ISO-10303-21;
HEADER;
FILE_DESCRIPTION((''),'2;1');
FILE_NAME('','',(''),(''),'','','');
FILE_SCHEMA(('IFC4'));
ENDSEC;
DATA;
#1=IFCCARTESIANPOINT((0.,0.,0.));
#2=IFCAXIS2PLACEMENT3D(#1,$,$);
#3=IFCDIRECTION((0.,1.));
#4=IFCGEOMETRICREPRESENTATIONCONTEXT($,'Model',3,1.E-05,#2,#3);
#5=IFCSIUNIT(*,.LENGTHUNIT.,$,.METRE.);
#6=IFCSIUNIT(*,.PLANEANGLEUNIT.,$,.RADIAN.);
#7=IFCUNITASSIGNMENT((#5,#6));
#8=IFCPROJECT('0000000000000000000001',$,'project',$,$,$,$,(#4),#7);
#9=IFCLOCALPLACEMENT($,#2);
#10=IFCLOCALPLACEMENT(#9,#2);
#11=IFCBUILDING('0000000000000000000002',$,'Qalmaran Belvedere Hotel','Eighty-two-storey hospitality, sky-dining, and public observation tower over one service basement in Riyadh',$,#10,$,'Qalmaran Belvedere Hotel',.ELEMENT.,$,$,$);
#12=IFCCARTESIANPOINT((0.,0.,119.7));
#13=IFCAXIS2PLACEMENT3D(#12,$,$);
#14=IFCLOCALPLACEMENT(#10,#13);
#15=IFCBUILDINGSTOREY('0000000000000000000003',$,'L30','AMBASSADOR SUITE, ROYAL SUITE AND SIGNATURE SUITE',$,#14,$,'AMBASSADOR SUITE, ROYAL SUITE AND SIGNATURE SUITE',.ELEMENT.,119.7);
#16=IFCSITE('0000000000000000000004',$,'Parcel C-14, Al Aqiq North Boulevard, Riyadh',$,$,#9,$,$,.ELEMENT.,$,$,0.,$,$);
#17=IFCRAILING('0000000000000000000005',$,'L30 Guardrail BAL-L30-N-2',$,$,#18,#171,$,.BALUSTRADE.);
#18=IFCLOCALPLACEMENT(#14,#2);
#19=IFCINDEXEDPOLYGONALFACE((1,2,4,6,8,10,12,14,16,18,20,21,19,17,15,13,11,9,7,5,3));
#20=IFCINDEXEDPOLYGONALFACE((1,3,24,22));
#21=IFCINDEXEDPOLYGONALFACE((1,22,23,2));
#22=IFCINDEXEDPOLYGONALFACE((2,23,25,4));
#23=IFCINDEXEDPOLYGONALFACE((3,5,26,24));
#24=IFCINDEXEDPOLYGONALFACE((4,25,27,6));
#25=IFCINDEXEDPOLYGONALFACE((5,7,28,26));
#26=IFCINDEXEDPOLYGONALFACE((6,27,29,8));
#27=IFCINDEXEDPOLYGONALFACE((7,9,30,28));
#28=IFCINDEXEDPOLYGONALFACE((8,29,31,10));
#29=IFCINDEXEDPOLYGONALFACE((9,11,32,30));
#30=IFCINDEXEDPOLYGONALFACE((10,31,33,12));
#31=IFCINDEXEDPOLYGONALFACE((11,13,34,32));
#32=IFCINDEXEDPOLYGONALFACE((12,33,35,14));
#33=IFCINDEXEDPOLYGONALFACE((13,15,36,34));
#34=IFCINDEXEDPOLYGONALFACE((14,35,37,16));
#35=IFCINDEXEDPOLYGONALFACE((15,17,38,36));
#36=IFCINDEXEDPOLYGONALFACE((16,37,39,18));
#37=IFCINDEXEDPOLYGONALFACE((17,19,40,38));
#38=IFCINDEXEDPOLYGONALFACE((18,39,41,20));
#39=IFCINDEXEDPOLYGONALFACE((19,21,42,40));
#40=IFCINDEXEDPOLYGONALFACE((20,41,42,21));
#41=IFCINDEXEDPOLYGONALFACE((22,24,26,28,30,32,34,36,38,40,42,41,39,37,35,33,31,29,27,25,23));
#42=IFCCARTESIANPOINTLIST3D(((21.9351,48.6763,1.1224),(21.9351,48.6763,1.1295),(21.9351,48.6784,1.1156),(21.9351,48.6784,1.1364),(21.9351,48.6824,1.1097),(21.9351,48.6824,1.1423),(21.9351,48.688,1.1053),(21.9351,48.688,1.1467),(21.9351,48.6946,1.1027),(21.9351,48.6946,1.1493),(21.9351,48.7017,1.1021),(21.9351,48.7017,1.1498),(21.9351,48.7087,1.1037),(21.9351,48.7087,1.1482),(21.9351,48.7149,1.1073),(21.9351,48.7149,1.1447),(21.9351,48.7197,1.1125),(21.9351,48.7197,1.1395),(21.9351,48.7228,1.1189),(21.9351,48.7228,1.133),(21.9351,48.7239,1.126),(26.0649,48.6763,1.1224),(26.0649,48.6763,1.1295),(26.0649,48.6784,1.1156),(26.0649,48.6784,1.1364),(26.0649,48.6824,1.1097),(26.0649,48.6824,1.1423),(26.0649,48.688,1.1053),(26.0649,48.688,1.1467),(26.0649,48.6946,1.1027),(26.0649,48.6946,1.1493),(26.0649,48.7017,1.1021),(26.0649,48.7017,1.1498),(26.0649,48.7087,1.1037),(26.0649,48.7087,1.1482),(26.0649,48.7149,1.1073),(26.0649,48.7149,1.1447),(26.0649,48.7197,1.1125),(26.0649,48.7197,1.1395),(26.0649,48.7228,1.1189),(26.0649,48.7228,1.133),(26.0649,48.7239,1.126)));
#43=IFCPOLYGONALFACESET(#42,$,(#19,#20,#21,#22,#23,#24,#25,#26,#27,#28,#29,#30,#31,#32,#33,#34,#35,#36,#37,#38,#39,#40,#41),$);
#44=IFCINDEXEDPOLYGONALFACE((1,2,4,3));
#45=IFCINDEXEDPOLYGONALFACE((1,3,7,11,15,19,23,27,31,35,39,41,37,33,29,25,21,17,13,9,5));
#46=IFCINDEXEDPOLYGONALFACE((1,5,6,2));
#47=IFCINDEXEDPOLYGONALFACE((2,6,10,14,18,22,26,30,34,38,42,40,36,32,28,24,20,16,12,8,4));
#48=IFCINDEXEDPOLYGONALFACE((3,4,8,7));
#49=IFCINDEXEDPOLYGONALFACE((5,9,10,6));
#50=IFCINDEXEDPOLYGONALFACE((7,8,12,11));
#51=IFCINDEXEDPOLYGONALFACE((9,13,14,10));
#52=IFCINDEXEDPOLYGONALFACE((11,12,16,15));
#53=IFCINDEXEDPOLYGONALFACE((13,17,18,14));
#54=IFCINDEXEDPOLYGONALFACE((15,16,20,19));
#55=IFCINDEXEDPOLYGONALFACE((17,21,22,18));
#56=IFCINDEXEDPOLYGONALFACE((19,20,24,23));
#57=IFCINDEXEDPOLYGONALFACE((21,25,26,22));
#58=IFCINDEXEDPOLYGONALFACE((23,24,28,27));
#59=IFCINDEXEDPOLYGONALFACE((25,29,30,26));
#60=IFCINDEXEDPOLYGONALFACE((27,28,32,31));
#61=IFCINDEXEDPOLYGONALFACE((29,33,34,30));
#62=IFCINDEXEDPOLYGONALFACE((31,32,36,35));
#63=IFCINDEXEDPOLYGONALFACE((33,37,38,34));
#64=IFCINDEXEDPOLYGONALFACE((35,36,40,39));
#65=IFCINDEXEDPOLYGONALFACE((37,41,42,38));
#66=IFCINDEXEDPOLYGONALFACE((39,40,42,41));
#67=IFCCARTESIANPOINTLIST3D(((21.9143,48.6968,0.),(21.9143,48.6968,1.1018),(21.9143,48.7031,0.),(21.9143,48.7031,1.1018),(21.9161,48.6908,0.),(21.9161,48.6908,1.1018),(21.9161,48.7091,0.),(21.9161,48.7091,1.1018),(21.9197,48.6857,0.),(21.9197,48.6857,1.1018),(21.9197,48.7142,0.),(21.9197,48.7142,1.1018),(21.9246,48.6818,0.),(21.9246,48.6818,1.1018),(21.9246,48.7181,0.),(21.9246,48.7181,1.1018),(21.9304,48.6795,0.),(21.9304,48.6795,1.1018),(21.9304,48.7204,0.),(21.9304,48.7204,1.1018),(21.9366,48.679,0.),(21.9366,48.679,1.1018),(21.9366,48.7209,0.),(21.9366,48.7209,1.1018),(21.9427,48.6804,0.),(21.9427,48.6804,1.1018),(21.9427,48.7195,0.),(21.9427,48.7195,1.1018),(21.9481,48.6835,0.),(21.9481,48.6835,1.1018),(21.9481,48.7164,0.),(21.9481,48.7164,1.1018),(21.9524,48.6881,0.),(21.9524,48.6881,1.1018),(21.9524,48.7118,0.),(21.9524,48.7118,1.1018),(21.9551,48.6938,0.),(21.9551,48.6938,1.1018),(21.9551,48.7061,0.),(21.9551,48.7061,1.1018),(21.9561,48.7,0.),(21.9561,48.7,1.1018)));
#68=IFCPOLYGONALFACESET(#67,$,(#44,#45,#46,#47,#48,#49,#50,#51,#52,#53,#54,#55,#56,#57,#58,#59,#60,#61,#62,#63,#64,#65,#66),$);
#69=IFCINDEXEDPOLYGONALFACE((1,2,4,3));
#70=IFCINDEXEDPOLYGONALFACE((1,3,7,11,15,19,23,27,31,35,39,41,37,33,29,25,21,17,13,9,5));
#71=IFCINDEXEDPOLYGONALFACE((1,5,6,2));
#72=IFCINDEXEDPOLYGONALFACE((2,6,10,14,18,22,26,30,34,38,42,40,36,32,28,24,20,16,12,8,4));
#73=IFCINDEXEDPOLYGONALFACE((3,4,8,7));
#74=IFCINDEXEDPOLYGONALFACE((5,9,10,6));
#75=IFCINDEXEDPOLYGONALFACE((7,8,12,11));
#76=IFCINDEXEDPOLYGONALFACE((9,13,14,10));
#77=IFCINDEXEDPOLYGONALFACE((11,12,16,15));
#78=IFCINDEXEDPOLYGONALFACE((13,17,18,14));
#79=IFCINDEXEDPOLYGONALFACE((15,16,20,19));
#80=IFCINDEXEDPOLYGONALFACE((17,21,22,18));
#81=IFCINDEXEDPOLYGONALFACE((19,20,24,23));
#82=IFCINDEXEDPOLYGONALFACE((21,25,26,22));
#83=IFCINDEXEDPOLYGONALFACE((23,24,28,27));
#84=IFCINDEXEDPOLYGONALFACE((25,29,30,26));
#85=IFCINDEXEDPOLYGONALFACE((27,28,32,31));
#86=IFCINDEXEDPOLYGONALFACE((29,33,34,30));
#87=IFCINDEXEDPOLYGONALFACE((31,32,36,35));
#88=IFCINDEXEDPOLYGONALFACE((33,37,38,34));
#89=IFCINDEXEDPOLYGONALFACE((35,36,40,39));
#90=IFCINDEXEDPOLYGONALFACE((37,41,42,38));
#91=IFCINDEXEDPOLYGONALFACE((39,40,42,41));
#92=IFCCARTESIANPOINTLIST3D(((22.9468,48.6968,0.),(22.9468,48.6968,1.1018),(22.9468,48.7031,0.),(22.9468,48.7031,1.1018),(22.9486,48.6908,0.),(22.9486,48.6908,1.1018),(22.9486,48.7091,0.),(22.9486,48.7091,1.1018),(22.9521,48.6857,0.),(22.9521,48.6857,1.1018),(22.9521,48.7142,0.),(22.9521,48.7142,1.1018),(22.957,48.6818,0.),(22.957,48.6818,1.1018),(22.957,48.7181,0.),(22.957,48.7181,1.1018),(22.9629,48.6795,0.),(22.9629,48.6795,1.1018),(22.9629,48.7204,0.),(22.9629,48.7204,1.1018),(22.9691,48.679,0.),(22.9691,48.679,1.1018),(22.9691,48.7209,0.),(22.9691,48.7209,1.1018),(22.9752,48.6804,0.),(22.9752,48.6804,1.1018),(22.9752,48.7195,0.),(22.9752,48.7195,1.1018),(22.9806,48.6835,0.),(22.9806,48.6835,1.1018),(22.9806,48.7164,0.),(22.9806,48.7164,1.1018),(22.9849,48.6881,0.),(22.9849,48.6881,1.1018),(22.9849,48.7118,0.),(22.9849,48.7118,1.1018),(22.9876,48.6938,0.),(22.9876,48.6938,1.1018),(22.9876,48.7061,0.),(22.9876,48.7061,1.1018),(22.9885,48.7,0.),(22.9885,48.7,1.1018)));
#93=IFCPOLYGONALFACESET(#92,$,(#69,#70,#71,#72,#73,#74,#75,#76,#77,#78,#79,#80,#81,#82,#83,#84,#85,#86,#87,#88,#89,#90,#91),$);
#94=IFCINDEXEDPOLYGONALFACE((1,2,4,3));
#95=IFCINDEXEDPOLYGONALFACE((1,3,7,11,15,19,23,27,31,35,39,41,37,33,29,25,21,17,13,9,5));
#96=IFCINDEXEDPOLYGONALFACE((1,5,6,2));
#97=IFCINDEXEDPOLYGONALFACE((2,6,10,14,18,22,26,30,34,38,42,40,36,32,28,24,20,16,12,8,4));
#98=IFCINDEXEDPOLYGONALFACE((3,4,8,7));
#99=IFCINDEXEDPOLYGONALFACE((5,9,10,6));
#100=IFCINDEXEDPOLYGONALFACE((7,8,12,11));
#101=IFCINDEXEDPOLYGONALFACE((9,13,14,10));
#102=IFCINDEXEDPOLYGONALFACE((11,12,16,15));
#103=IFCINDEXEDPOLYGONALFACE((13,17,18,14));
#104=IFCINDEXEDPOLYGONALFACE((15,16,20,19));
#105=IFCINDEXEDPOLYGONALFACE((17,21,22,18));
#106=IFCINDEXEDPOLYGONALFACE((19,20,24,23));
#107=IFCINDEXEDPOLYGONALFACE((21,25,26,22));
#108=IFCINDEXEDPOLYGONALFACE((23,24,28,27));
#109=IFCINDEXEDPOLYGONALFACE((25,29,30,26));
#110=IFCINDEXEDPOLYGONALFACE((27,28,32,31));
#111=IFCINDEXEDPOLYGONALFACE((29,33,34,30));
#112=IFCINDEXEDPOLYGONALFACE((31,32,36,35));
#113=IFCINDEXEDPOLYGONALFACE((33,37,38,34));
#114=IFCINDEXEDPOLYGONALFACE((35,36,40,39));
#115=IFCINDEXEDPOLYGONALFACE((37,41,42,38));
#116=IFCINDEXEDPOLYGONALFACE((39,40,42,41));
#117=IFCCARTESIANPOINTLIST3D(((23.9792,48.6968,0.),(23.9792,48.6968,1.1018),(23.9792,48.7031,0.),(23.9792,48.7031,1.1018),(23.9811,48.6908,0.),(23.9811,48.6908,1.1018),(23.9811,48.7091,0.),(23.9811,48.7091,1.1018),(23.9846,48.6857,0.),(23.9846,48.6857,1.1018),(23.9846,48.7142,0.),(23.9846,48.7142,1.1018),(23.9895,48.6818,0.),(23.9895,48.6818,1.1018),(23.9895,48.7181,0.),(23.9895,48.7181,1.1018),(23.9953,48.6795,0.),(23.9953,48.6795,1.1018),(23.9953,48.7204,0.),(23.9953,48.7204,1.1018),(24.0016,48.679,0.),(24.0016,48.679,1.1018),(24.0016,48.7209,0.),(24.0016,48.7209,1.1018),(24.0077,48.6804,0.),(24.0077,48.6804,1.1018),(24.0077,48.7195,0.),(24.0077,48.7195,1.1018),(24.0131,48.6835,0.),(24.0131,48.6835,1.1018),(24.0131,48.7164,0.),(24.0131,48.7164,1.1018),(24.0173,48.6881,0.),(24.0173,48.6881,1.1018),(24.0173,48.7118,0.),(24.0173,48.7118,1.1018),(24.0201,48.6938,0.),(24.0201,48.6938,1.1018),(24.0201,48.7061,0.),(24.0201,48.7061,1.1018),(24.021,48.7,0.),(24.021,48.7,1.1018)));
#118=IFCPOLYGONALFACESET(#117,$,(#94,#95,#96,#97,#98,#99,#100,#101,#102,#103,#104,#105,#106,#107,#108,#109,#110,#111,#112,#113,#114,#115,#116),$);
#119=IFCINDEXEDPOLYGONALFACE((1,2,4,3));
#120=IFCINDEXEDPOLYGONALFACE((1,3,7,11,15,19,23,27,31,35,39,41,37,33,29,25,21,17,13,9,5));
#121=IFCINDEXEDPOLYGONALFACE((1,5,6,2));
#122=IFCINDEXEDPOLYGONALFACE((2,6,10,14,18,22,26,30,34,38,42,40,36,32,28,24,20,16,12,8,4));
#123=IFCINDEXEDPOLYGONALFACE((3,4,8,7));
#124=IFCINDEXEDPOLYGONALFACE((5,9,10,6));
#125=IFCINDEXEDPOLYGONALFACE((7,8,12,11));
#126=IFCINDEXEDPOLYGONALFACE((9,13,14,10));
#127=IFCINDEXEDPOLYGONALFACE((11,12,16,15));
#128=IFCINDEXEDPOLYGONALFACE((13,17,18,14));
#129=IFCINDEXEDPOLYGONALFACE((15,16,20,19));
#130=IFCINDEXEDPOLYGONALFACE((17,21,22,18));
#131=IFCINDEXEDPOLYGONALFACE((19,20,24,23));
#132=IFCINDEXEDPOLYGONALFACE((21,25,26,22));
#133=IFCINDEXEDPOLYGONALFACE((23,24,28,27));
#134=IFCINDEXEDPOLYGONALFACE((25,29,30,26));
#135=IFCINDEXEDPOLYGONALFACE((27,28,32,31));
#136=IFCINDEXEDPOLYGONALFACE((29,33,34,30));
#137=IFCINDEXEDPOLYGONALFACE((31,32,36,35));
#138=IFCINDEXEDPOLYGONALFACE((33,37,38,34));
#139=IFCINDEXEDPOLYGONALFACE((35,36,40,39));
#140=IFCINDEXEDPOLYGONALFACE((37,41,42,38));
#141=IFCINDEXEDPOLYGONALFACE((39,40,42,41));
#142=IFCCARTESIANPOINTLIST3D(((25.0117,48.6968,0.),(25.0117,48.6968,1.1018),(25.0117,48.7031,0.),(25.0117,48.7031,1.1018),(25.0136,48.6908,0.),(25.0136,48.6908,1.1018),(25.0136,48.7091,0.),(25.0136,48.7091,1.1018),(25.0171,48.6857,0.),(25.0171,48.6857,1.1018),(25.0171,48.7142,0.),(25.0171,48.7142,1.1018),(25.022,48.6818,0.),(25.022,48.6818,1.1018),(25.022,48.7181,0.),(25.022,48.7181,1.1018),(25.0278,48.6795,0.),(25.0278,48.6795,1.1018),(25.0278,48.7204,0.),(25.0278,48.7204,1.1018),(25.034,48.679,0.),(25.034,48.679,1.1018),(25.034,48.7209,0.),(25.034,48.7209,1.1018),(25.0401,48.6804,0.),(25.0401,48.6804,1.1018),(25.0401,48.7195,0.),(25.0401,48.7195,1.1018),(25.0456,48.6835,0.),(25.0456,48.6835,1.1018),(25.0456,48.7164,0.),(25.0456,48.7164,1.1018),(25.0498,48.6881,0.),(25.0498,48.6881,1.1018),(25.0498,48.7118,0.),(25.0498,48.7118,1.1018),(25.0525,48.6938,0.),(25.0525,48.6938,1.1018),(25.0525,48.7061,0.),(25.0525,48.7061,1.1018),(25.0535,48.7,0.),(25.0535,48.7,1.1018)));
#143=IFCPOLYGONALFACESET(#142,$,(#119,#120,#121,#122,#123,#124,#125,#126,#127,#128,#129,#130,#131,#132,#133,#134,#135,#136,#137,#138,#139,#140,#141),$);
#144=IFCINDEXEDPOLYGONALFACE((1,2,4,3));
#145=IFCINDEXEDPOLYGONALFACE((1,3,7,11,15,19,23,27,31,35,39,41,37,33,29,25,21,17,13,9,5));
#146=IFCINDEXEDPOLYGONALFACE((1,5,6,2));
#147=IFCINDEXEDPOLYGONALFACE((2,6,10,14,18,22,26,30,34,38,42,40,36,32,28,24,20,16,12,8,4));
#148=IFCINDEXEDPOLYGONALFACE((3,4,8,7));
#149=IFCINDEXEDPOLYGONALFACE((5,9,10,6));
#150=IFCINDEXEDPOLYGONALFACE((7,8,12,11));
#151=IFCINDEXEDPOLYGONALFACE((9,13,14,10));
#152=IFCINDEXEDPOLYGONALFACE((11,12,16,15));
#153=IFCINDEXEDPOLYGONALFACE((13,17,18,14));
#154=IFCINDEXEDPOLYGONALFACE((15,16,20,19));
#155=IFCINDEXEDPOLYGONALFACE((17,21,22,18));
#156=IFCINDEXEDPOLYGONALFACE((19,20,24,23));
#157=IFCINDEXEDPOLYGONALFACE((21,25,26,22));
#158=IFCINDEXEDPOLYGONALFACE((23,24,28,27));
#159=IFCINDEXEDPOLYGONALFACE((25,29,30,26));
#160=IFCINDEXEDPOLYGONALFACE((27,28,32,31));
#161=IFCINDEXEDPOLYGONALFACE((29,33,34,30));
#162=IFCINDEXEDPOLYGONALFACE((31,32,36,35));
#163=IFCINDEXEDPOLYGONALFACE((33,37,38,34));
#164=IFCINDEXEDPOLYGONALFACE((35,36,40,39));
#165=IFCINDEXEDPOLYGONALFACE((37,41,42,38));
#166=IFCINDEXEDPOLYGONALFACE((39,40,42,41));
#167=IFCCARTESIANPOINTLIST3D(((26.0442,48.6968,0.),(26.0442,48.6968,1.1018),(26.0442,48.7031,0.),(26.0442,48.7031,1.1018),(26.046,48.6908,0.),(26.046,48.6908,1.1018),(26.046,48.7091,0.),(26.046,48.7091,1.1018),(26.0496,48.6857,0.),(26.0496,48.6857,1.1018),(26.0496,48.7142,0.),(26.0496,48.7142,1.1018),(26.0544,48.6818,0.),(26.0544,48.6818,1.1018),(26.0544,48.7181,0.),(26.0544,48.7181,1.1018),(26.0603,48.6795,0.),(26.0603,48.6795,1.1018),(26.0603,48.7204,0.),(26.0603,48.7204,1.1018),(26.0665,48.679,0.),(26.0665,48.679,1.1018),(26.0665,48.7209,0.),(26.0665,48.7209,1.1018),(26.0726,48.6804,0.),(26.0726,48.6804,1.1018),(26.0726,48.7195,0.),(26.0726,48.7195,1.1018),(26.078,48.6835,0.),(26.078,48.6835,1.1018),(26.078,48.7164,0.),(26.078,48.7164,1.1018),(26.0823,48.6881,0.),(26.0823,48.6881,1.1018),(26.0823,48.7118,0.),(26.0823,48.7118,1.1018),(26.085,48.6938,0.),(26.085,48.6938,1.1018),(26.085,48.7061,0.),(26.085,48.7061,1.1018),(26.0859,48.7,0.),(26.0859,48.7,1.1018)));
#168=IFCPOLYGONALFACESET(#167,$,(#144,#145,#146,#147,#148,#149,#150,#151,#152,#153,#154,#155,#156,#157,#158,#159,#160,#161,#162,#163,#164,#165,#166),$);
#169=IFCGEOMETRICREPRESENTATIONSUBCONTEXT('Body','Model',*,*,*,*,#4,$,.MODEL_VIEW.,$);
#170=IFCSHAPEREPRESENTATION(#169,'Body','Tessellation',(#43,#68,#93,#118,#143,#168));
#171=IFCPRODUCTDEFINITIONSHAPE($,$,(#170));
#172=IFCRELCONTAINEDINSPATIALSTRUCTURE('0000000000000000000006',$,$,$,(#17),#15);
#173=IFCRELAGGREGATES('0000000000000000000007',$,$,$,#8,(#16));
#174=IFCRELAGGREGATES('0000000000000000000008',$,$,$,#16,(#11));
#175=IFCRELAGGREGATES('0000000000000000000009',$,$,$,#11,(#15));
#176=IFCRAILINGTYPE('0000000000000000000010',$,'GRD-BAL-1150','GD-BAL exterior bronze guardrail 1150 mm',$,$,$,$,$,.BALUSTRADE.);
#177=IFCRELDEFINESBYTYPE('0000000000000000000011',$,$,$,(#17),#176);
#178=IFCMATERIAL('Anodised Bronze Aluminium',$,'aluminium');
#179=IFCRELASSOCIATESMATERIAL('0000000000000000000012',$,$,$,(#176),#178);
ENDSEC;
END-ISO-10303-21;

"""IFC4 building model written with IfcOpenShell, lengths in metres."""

from ifc_helpers import new_model, si_unit, direction, frame, origin, origin_2d, place, context, subcontext, project, spatial, circle, extrude, material, type_object, element, save


model = new_model("IFC4")

# Units and contexts
model_context = context("Model", 3, precision=1e-05, world=origin(), true_north=direction((0.0, 1.0)))
body_context = subcontext(model_context, "Body", "Model", "MODEL_VIEW")
ifc_project = project(units=[si_unit("LENGTHUNIT", "METRE"), si_unit("PLANEANGLEUNIT", "RADIAN")], contexts=[model_context])

# Site, building, storey
site_placement = place(None, origin())
site = spatial("IfcSite", under=ifc_project, at=site_placement, Name="Parcel C-14, Al Aqiq North Boulevard, Riyadh", CompositionType="ELEMENT", RefElevation=0.0)
building_placement = place(site_placement, origin())
building = spatial("IfcBuilding", under=site, at=building_placement, Name="Qalmaran Belvedere Hotel", Description="Eighty-two-storey hospitality, sky-dining, and public observation tower over one service basement in Riyadh", LongName="Qalmaran Belvedere Hotel", CompositionType="ELEMENT")
storey_placement = place(building_placement, frame((0.0, 0.0, 119.7)))
storey = spatial("IfcBuildingStorey", under=building, at=storey_placement, Name="L30", Description="AMBASSADOR SUITE, ROYAL SUITE AND SIGNATURE SUITE", LongName="AMBASSADOR SUITE, ROYAL SUITE AND SIGNATURE SUITE", CompositionType="ELEMENT", Elevation=119.7)

# Shared definitions
ifc_material_1 = material(Name="Anodised Bronze Aluminium", Category="aluminium")

# Railing
railing_type = type_object("IfcRailingType", Name="GRD-BAL-1150", Description="GD-BAL exterior bronze guardrail 1150 mm", PredefinedType="BALUSTRADE", material=ifc_material_1)
railing_1_placement = place(storey_placement, frame((21.9351, 48.7, 0.0)))
element("IfcRailing", 1, at=railing_1_placement, inside=storey, type_object=railing_type, Name="L30 Guardrail BAL-L30-N-2", PredefinedType="BALUSTRADE", context=body_context, shape_type="SweptSolid", body=[
    extrude(circle(Radius=0.0239, at=origin_2d()), frame((0.0, 0.0, 1.126), z_axis=(1.0, 0.0, 0.0), x_axis=(0.0, 1.0, 0.0)), (0.0, 0.0, 1.0), 4.1299),
    extrude(circle(Radius=0.021, at=origin_2d()), origin(), (0.0, 0.0, 1.0), 1.1018),
    extrude(circle(Radius=0.021, at=origin_2d()), frame((1.0325, 0.0, 0.0)), (0.0, 0.0, 1.0), 1.1018),
    extrude(circle(Radius=0.021, at=origin_2d()), frame((2.0649, 0.0, 0.0)), (0.0, 0.0, 1.0), 1.1018),
    extrude(circle(Radius=0.021, at=origin_2d()), frame((3.0974, 0.0, 0.0)), (0.0, 0.0, 1.0), 1.1018),
    extrude(circle(Radius=0.021, at=origin_2d()), frame((4.1299, 0.0, 0.0)), (0.0, 0.0, 1.0), 1.1018),
])

save(model, "model.ifc")
